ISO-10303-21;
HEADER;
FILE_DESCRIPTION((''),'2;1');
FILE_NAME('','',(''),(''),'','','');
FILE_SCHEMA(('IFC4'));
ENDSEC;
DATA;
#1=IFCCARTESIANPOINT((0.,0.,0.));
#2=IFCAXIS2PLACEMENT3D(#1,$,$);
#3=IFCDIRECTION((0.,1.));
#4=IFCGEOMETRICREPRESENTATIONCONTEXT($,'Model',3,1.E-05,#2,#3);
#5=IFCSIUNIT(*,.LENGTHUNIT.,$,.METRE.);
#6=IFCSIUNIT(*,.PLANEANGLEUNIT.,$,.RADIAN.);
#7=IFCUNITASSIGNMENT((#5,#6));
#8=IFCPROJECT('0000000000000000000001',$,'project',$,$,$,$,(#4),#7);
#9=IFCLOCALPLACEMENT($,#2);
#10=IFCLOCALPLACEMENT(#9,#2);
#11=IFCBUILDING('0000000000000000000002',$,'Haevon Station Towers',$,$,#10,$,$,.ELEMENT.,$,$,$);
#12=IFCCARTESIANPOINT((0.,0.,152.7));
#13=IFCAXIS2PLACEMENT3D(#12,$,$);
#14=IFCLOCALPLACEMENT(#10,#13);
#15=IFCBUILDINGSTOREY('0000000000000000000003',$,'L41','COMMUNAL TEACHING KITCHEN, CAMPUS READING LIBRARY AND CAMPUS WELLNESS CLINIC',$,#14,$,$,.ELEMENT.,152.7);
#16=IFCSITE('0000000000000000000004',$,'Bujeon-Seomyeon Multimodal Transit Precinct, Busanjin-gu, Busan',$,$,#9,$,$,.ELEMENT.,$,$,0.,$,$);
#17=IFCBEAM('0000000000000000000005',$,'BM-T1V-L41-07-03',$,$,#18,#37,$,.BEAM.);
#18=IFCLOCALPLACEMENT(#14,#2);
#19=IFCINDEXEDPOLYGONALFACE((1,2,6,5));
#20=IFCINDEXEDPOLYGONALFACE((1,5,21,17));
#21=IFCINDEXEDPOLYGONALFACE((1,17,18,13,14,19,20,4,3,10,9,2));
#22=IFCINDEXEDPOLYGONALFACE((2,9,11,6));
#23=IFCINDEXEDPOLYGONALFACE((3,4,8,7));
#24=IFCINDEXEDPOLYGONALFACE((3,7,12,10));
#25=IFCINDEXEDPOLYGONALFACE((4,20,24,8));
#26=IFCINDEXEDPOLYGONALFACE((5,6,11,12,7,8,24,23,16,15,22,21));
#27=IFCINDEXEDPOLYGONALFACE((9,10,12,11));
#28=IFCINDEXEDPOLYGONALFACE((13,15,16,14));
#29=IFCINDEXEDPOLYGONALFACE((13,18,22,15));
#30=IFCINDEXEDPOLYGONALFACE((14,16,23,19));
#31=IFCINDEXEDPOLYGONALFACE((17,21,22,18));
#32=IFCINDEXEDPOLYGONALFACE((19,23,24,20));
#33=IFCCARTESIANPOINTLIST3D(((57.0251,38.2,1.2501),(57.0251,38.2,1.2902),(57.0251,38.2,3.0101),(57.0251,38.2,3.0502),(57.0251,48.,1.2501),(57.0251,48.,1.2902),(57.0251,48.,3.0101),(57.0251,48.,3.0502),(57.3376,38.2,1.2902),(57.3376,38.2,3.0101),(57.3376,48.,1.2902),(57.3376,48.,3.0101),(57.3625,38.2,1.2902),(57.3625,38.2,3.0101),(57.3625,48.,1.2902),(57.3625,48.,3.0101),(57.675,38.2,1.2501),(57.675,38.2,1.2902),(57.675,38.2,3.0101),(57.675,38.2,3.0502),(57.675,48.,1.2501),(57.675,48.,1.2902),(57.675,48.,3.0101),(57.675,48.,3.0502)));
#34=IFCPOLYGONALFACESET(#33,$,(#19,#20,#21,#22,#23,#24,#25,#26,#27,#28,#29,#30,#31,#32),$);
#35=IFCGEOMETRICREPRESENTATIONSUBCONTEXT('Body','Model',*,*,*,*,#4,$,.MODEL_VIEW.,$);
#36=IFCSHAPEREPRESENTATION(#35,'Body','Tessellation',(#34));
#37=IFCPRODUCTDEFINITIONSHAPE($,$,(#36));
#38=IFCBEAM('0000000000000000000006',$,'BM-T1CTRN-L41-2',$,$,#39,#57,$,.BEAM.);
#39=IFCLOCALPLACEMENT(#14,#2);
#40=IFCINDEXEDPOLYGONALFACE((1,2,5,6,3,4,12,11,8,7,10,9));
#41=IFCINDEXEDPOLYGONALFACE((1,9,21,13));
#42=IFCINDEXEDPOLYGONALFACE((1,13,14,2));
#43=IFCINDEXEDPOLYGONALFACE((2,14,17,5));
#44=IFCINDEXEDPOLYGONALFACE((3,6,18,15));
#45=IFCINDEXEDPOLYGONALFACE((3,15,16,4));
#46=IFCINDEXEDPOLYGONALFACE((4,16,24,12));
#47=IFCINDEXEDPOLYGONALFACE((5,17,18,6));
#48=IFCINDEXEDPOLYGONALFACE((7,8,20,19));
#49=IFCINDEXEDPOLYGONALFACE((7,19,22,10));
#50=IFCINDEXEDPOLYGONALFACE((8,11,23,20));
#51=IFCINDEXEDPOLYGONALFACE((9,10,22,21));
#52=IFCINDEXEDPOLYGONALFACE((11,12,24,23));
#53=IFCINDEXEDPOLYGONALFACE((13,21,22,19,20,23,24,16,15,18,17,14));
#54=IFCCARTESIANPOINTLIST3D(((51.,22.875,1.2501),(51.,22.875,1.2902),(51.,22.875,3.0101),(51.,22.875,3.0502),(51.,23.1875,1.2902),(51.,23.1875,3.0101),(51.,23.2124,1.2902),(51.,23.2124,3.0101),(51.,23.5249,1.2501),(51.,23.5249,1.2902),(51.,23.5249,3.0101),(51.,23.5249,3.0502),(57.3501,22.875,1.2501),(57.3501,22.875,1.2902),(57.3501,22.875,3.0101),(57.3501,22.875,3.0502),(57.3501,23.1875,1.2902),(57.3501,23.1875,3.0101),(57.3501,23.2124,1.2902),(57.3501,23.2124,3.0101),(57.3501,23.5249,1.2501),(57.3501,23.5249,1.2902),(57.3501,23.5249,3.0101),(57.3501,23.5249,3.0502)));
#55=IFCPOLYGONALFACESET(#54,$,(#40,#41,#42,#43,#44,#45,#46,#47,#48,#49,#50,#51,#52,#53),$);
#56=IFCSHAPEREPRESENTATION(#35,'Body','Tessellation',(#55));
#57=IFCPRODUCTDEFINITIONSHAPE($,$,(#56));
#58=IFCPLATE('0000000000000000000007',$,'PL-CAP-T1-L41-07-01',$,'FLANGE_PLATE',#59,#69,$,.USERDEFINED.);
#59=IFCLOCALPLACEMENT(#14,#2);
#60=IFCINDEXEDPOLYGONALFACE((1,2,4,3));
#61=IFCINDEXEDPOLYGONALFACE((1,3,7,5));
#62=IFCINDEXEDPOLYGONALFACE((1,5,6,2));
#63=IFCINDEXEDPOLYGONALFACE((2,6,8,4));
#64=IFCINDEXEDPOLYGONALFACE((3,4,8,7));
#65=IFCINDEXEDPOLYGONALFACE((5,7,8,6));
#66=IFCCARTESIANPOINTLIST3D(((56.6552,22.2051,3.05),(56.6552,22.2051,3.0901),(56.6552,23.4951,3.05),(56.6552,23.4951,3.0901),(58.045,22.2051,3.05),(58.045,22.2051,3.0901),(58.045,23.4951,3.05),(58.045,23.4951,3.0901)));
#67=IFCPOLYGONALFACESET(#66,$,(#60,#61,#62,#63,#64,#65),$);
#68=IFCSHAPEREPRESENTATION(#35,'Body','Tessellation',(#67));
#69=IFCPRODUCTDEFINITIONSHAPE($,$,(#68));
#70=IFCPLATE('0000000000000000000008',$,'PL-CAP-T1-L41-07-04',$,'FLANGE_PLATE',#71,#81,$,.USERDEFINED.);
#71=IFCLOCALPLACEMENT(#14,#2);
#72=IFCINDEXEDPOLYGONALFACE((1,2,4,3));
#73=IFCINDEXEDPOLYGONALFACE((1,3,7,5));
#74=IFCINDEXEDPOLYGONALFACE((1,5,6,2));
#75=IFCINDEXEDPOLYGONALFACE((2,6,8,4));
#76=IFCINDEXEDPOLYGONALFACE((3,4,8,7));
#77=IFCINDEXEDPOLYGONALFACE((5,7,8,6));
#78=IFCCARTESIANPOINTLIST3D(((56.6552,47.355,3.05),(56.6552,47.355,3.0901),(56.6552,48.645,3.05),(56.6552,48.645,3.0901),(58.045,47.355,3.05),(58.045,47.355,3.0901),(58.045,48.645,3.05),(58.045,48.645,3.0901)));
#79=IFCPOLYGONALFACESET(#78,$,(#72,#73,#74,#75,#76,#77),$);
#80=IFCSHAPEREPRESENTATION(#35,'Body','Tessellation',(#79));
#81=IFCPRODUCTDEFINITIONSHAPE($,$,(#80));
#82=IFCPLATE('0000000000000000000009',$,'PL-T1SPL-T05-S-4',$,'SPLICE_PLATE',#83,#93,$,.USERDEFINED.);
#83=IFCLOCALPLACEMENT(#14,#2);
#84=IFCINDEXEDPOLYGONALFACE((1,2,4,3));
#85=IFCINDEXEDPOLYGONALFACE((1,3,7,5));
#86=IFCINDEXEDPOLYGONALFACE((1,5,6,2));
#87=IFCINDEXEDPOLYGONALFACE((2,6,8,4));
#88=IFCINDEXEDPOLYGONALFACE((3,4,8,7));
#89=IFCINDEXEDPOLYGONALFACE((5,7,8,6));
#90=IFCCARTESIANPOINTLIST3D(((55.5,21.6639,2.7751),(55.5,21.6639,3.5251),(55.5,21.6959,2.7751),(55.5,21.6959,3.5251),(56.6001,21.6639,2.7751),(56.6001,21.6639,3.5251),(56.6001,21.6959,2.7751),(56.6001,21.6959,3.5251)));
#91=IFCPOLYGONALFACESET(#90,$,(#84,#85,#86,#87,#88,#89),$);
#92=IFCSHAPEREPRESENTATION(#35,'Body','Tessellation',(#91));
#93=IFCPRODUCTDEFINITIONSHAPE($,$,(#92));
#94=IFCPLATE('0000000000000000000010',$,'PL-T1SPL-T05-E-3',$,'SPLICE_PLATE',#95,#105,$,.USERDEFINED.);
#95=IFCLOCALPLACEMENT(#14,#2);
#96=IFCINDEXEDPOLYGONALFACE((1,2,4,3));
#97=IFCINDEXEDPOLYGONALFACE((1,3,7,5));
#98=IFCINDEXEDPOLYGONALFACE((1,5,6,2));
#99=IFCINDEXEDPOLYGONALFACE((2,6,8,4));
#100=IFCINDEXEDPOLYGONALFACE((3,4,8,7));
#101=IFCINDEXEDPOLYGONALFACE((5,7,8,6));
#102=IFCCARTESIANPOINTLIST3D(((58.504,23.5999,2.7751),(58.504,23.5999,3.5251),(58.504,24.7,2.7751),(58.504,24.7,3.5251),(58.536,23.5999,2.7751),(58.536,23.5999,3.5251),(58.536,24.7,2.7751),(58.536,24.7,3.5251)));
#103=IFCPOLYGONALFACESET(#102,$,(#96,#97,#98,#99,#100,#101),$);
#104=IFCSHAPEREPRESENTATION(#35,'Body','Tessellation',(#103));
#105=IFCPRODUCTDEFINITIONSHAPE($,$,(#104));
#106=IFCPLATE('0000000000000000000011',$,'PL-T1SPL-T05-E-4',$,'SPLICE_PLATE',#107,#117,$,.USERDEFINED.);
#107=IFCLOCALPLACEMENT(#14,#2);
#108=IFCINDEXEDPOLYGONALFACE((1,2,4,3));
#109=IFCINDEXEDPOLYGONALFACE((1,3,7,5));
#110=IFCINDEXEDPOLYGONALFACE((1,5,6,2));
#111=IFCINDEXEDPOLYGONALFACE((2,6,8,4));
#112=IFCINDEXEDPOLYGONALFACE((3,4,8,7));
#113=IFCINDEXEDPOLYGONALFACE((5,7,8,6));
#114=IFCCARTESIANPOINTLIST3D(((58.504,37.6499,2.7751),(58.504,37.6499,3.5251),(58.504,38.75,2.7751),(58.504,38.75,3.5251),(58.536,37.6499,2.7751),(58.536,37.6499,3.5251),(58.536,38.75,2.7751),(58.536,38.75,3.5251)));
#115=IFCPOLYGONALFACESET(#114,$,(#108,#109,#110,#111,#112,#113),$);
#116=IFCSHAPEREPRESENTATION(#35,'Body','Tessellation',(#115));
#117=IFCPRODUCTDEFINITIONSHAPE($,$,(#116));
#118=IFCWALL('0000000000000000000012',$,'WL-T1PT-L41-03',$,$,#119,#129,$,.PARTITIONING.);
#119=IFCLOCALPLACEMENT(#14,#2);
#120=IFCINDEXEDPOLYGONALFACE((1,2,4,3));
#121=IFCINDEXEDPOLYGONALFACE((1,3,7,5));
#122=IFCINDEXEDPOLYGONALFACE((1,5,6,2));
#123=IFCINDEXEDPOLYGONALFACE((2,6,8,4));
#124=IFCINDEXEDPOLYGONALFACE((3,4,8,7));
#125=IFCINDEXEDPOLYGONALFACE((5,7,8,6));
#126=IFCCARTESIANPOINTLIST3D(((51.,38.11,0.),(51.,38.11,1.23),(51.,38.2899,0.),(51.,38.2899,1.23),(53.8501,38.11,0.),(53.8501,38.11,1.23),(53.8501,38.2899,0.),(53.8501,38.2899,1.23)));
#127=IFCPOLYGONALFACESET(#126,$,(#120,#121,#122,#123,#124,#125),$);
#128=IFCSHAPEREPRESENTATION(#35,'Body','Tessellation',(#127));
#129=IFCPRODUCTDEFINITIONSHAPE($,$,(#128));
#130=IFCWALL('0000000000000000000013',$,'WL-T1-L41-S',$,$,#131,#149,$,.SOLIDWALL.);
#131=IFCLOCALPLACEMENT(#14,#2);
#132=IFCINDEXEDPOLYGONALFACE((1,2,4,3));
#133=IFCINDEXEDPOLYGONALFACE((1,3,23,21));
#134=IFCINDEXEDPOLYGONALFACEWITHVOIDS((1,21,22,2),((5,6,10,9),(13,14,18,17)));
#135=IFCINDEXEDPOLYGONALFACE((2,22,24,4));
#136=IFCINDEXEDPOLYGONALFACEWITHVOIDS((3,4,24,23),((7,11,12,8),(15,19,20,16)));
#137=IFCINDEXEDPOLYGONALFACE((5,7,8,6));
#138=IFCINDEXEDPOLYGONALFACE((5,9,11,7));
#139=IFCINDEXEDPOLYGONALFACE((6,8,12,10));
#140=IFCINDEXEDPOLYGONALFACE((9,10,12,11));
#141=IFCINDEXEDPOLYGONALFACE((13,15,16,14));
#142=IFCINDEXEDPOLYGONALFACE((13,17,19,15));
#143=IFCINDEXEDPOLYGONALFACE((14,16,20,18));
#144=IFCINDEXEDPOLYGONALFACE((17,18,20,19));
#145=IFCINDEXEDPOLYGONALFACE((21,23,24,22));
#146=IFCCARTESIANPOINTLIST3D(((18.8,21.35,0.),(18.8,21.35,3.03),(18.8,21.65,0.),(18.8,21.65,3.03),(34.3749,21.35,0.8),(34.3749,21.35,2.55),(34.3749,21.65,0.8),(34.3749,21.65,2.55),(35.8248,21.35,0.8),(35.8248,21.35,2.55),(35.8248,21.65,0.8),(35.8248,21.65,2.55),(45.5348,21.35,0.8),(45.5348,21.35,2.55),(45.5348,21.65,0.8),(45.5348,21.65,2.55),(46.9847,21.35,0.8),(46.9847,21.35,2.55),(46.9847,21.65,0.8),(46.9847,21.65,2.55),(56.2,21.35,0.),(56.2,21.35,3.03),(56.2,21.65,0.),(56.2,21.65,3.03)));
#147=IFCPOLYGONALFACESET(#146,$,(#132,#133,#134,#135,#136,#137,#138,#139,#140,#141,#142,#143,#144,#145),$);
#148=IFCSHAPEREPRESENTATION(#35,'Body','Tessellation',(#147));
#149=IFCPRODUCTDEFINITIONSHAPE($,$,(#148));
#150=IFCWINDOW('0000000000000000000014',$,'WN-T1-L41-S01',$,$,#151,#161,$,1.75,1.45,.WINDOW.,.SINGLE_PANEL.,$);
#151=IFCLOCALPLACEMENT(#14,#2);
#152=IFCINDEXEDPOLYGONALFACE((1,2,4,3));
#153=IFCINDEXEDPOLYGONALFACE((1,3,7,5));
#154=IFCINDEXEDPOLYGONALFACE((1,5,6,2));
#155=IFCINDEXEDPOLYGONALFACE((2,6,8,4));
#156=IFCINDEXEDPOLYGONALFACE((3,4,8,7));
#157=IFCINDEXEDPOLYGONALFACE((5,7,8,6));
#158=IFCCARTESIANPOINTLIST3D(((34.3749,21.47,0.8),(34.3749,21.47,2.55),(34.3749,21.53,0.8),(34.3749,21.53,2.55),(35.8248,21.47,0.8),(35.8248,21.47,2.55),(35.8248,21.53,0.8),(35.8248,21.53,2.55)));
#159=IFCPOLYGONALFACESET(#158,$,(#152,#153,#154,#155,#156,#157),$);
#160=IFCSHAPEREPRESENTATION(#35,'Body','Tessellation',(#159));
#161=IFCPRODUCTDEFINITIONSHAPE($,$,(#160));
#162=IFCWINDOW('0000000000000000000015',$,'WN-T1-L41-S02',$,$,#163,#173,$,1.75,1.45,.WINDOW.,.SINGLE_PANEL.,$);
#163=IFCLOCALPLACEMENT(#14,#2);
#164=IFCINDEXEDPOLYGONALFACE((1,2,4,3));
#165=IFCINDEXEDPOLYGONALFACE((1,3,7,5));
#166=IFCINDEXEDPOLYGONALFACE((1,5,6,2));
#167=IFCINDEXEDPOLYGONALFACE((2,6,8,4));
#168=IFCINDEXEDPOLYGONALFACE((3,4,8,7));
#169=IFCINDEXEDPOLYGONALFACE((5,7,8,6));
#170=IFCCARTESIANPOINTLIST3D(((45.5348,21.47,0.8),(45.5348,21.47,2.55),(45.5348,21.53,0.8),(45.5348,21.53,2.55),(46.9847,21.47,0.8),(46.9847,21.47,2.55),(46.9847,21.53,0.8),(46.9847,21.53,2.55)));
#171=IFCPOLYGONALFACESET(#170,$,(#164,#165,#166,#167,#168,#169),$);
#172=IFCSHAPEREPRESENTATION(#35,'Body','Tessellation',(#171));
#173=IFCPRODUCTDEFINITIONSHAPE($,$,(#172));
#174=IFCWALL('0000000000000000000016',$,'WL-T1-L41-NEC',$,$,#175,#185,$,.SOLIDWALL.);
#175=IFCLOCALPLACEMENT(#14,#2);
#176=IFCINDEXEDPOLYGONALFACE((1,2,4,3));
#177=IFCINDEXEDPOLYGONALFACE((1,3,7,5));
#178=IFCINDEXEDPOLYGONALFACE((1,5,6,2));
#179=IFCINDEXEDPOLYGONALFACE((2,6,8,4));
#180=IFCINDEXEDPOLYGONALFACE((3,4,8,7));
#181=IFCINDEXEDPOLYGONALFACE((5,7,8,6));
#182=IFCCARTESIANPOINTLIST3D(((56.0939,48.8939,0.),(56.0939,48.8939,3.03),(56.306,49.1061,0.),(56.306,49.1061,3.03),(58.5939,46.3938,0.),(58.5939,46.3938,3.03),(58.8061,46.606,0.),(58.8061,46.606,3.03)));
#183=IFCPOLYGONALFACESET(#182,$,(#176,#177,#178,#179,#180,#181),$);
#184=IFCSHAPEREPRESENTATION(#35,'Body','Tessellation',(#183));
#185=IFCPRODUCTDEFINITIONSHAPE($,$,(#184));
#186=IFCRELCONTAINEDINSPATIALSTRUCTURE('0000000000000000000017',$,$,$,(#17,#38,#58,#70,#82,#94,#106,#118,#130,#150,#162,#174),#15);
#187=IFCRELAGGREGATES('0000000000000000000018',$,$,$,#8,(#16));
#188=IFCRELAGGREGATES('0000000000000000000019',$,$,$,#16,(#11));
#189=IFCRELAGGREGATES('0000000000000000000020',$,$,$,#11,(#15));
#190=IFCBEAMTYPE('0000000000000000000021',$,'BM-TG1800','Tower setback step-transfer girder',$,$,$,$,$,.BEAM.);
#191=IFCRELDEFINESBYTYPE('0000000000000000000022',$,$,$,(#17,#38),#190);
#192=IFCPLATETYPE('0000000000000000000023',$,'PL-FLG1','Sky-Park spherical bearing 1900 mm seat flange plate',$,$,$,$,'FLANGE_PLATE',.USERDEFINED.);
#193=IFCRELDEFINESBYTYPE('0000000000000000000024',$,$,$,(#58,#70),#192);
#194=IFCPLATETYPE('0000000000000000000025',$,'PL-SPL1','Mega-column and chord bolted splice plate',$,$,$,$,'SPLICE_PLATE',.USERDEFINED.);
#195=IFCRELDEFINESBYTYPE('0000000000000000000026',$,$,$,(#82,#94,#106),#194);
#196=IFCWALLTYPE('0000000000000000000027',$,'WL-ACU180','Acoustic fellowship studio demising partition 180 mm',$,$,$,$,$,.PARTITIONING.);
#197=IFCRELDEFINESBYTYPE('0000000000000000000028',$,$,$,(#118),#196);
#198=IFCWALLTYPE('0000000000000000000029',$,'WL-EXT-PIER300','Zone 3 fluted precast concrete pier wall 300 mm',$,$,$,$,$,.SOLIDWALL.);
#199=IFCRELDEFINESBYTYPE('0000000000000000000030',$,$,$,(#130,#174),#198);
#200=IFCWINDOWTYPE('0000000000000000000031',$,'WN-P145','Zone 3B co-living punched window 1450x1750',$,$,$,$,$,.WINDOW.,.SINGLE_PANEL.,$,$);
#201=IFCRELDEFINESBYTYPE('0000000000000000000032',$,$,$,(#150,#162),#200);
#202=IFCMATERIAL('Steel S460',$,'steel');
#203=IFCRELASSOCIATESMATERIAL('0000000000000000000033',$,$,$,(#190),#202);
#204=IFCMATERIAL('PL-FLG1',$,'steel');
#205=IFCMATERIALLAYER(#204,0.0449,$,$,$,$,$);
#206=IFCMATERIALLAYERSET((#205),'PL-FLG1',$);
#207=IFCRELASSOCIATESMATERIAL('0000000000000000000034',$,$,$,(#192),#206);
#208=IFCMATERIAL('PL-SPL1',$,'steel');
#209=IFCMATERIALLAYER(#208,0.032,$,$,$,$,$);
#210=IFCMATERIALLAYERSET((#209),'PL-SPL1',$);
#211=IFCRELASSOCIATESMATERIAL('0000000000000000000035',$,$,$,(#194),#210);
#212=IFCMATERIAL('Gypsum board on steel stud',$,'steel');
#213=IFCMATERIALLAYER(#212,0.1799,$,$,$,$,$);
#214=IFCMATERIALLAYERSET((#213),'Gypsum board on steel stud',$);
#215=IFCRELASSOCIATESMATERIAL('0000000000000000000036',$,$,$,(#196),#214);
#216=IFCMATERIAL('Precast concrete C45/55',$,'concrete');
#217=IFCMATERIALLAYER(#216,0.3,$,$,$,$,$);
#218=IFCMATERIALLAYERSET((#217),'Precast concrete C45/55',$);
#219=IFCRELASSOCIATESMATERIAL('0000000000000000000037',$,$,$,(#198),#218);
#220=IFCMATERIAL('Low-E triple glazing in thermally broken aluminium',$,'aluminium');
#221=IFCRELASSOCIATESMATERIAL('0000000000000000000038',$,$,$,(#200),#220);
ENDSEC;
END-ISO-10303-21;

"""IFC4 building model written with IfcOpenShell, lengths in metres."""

from ifc_helpers import new_model, si_unit, direction, frame, frame_2d, origin, origin_2d, place, context, subcontext, project, spatial, rectangle, i_section, extrude, material, layer, layer_set, material_profile, profile_set, type_object, element, fill, save


model = new_model("IFC4")

# Units and contexts
model_context = context("Model", 3, precision=1e-05, world=origin(), true_north=direction((0.0, 1.0)))
body_context = subcontext(model_context, "Body", "Model", "MODEL_VIEW")
ifc_project = project(units=[si_unit("LENGTHUNIT", "METRE"), si_unit("PLANEANGLEUNIT", "RADIAN")], contexts=[model_context])

# Site, building, storey
site_placement = place(None, origin())
site = spatial("IfcSite", under=ifc_project, at=site_placement, Name="Bujeon-Seomyeon Multimodal Transit Precinct, Busanjin-gu, Busan", CompositionType="ELEMENT", RefElevation=0.0)
building_placement = place(site_placement, origin())
building = spatial("IfcBuilding", under=site, at=building_placement, Name="Haevon Station Towers", CompositionType="ELEMENT")
storey_placement = place(building_placement, frame((0.0, 0.0, 152.7)))
storey = spatial("IfcBuildingStorey", under=building, at=storey_placement, Name="L41", Description="COMMUNAL TEACHING KITCHEN, CAMPUS READING LIBRARY AND CAMPUS WELLNESS CLINIC", CompositionType="ELEMENT", Elevation=152.7)

# Shared definitions
ifc_material_1 = material(Name="Steel S460", Category="steel")

# Beams
ifc_material_profile_1 = material_profile(ifc_material_1, i_section(OverallWidth=0.6499, OverallDepth=1.8, WebThickness=0.0249, FlangeThickness=0.04, at=origin_2d()), Name="H-1800x650x25x40")
ifc_profile_set_1 = profile_set([ifc_material_profile_1], Name="Steel S460")
beam_type_1 = type_object("IfcBeamType", Name="BM-TG1800", Description="Tower setback step-transfer girder", PredefinedType="BEAM", material=ifc_profile_set_1)
beam_1_placement = place(storey_placement, frame((57.3501, 38.2, 2.1501), z_axis=(0.0, 1.0, 0.0), x_axis=(-1.0, 0.0, 0.0)))
element("IfcBeam", 1, at=beam_1_placement, inside=storey, type_object=beam_type_1, Name="BM-T1V-L41-07-03", PredefinedType="BEAM", context=body_context, shape_type="SweptSolid", body=[
    extrude(i_section(OverallWidth=0.6499, OverallDepth=1.8, WebThickness=0.0249, FlangeThickness=0.04, at=origin_2d()), origin(), (0.0, 0.0, 1.0), 9.8),
])
beam_2_placement = place(storey_placement, frame((51.0, 23.2, 2.1501), z_axis=(1.0, 0.0, 0.0), x_axis=(0.0, 1.0, 0.0)))
element("IfcBeam", 2, at=beam_2_placement, inside=storey, type_object=beam_type_1, Name="BM-T1CTRN-L41-2", PredefinedType="BEAM", context=body_context, shape_type="SweptSolid", body=[
    extrude(i_section(OverallWidth=0.6499, OverallDepth=1.8, WebThickness=0.0249, FlangeThickness=0.04, at=origin_2d()), origin(), (0.0, 0.0, 1.0), 6.3501),
])

# Plates
ifc_material_2 = material(Name="PL-FLG1", Category="steel")
ifc_layer_1 = layer(ifc_material_2, 0.0449)
ifc_layer_set_1 = layer_set([ifc_layer_1], Name="PL-FLG1")
plate_type_1 = type_object("IfcPlateType", Name="PL-FLG1", Description="Sky-Park spherical bearing 1900 mm seat flange plate", ElementType="FLANGE_PLATE", PredefinedType="USERDEFINED", material=ifc_layer_set_1)
for number, where, z_axis, x_axis, name in (
    (3, (57.3501, 22.8501, 3.05), (0.0, 0.0, 1.0), (1.0, 0.0, 0.0), "PL-CAP-T1-L41-07-01"),
    (4, (57.3501, 48.0, 3.05), (0.0, 0.0, 1.0), (1.0, 0.0, 0.0), "PL-CAP-T1-L41-07-04"),
):
    element("IfcPlate", number, at=place(storey_placement, frame(where, z_axis=z_axis, x_axis=x_axis)), inside=storey, type_object=plate_type_1, Name=name, ObjectType="FLANGE_PLATE", PredefinedType="USERDEFINED", context=body_context, shape_type="SweptSolid", body=[
        extrude(rectangle(XDim=1.3899, YDim=1.29, at=origin_2d()), origin(), (0.0, 0.0, 1.0), 0.04),
    ])
ifc_material_3 = material(Name="PL-SPL1", Category="steel")
ifc_layer_2 = layer(ifc_material_3, 0.032)
ifc_layer_set_2 = layer_set([ifc_layer_2], Name="PL-SPL1")
plate_type_2 = type_object("IfcPlateType", Name="PL-SPL1", Description="Mega-column and chord bolted splice plate", ElementType="SPLICE_PLATE", PredefinedType="USERDEFINED", material=ifc_layer_set_2)
for number, where, z_axis, x_axis, name in (
    (5, (56.05, 21.6799, 2.7751), (0.0, 0.0, 1.0), (1.0, 0.0, 0.0), "PL-T1SPL-T05-S-4"),
    (6, (58.52, 24.1499, 2.7751), (0.0, 0.0, 1.0), (0.0, 1.0, 0.0), "PL-T1SPL-T05-E-3"),
    (7, (58.52, 38.2, 2.7751), (0.0, 0.0, 1.0), (0.0, 1.0, 0.0), "PL-T1SPL-T05-E-4"),
):
    element("IfcPlate", number, at=place(storey_placement, frame(where, z_axis=z_axis, x_axis=x_axis)), inside=storey, type_object=plate_type_2, Name=name, ObjectType="SPLICE_PLATE", PredefinedType="USERDEFINED", context=body_context, shape_type="SweptSolid", body=[
        extrude(rectangle(XDim=1.1001, YDim=0.032, at=origin_2d()), origin(), (0.0, 0.0, 1.0), 0.75),
    ])

# Wall
ifc_material_4 = material(Name="Gypsum board on steel stud", Category="steel")
ifc_layer_3 = layer(ifc_material_4, 0.1799)
ifc_layer_set_3 = layer_set([ifc_layer_3], Name="Gypsum board on steel stud")
wall_type_1 = type_object("IfcWallType", Name="WL-ACU180", Description="Acoustic fellowship studio demising partition 180 mm", PredefinedType="PARTITIONING", material=ifc_layer_set_3)
wall_1_placement = place(storey_placement, frame((51.0, 38.2, 0.0), z_axis=(0.0, 0.0, 1.0), x_axis=(1.0, 0.0, 0.0)))
element("IfcWall", 8, at=wall_1_placement, inside=storey, type_object=wall_type_1, Name="WL-T1PT-L41-03", PredefinedType="PARTITIONING", context=body_context, shape_type="SweptSolid", body=[
    extrude(rectangle(XDim=2.8501, YDim=0.1799, at=frame_2d((1.425, 0.0))), origin(), (0.0, 0.0, 1.0), 1.23),
])

# Wall, openings, windows
ifc_material_5 = material(Name="Precast concrete C45/55", Category="concrete")
ifc_layer_4 = layer(ifc_material_5, 0.3)
ifc_layer_set_4 = layer_set([ifc_layer_4], Name="Precast concrete C45/55")
wall_type_2 = type_object("IfcWallType", Name="WL-EXT-PIER300", Description="Zone 3 fluted precast concrete pier wall 300 mm", PredefinedType="SOLIDWALL", material=ifc_layer_set_4)
wall_2_placement = place(storey_placement, frame((56.2, 21.5, 0.0), z_axis=(0.0, 0.0, 1.0), x_axis=(-1.0, 0.0, 0.0)))
wall_2 = element("IfcWall", 9, at=wall_2_placement, inside=storey, type_object=wall_type_2, Name="WL-T1-L41-S", PredefinedType="SOLIDWALL", context=body_context, shape_type="SweptSolid", body=[
    extrude(rectangle(XDim=37.3999, YDim=0.3, at=frame_2d((18.7, 0.0))), origin(), (0.0, 0.0, 1.0), 3.03),
])
opening_1_placement = place(wall_2_placement, frame((20.375, 0.0, 0.8)))
opening_1 = element("IfcOpeningElement", 10, at=opening_1_placement, cuts=wall_2, PredefinedType="OPENING", context=body_context, shape_type="SweptSolid", body=[
    extrude(rectangle(XDim=1.45, YDim=1.75, at=frame_2d((0.7251, 0.875))), frame((0.0, 0.1599, 0.0), z_axis=(0.0, -1.0, 0.0), x_axis=(1.0, 0.0, 0.0)), (0.0, 0.0, 1.0), 0.3201),
])
opening_2_placement = place(wall_2_placement, frame((9.2151, 0.0, 0.8)))
opening_2 = element("IfcOpeningElement", 11, at=opening_2_placement, cuts=wall_2, PredefinedType="OPENING", context=body_context, shape_type="SweptSolid", body=[
    extrude(rectangle(XDim=1.45, YDim=1.75, at=frame_2d((0.7251, 0.875))), frame((0.0, 0.1599, 0.0), z_axis=(0.0, -1.0, 0.0), x_axis=(1.0, 0.0, 0.0)), (0.0, 0.0, 1.0), 0.3201),
])
ifc_material_6 = material(Name="Low-E triple glazing in thermally broken aluminium", Category="aluminium")
window_type_1 = type_object("IfcWindowType", Name="WN-P145", Description="Zone 3B co-living punched window 1450x1750", PartitioningType="SINGLE_PANEL", PredefinedType="WINDOW", material=ifc_material_6)
window_1_placement = place(opening_1_placement, origin())
window_1 = element("IfcWindow", 12, at=window_1_placement, inside=storey, type_object=window_type_1, Name="WN-T1-L41-S01", OverallHeight=1.75, OverallWidth=1.45, PartitioningType="SINGLE_PANEL", PredefinedType="WINDOW", context=body_context, shape_type="SweptSolid", body=[
    extrude(rectangle(XDim=1.45, YDim=1.75, at=frame_2d((0.7251, 0.875))), frame((0.0, 0.03, 0.0), z_axis=(0.0, -1.0, 0.0), x_axis=(1.0, 0.0, 0.0)), (0.0, 0.0, 1.0), 0.0601),
])
fill(opening_1, window_1)
window_2_placement = place(opening_2_placement, origin())
window_2 = element("IfcWindow", 13, at=window_2_placement, inside=storey, type_object=window_type_1, Name="WN-T1-L41-S02", OverallHeight=1.75, OverallWidth=1.45, PartitioningType="SINGLE_PANEL", PredefinedType="WINDOW", context=body_context, shape_type="SweptSolid", body=[
    extrude(rectangle(XDim=1.45, YDim=1.75, at=frame_2d((0.7251, 0.875))), frame((0.0, 0.03, 0.0), z_axis=(0.0, -1.0, 0.0), x_axis=(1.0, 0.0, 0.0)), (0.0, 0.0, 1.0), 0.0601),
])
fill(opening_2, window_2)

# Wall
wall_3_placement = place(storey_placement, frame((56.2, 49.0, 0.0), z_axis=(0.0, 0.0, 1.0), x_axis=(0.707107, -0.707107, 0.0)))
element("IfcWall", 14, at=wall_3_placement, inside=storey, type_object=wall_type_2, Name="WL-T1-L41-NEC", PredefinedType="SOLIDWALL", context=body_context, shape_type="SweptSolid", body=[
    extrude(rectangle(XDim=3.5356, YDim=0.3, at=frame_2d((1.7678, 0.0))), origin(), (0.0, 0.0, 1.0), 3.03),
])

save(model, "model.ifc")
